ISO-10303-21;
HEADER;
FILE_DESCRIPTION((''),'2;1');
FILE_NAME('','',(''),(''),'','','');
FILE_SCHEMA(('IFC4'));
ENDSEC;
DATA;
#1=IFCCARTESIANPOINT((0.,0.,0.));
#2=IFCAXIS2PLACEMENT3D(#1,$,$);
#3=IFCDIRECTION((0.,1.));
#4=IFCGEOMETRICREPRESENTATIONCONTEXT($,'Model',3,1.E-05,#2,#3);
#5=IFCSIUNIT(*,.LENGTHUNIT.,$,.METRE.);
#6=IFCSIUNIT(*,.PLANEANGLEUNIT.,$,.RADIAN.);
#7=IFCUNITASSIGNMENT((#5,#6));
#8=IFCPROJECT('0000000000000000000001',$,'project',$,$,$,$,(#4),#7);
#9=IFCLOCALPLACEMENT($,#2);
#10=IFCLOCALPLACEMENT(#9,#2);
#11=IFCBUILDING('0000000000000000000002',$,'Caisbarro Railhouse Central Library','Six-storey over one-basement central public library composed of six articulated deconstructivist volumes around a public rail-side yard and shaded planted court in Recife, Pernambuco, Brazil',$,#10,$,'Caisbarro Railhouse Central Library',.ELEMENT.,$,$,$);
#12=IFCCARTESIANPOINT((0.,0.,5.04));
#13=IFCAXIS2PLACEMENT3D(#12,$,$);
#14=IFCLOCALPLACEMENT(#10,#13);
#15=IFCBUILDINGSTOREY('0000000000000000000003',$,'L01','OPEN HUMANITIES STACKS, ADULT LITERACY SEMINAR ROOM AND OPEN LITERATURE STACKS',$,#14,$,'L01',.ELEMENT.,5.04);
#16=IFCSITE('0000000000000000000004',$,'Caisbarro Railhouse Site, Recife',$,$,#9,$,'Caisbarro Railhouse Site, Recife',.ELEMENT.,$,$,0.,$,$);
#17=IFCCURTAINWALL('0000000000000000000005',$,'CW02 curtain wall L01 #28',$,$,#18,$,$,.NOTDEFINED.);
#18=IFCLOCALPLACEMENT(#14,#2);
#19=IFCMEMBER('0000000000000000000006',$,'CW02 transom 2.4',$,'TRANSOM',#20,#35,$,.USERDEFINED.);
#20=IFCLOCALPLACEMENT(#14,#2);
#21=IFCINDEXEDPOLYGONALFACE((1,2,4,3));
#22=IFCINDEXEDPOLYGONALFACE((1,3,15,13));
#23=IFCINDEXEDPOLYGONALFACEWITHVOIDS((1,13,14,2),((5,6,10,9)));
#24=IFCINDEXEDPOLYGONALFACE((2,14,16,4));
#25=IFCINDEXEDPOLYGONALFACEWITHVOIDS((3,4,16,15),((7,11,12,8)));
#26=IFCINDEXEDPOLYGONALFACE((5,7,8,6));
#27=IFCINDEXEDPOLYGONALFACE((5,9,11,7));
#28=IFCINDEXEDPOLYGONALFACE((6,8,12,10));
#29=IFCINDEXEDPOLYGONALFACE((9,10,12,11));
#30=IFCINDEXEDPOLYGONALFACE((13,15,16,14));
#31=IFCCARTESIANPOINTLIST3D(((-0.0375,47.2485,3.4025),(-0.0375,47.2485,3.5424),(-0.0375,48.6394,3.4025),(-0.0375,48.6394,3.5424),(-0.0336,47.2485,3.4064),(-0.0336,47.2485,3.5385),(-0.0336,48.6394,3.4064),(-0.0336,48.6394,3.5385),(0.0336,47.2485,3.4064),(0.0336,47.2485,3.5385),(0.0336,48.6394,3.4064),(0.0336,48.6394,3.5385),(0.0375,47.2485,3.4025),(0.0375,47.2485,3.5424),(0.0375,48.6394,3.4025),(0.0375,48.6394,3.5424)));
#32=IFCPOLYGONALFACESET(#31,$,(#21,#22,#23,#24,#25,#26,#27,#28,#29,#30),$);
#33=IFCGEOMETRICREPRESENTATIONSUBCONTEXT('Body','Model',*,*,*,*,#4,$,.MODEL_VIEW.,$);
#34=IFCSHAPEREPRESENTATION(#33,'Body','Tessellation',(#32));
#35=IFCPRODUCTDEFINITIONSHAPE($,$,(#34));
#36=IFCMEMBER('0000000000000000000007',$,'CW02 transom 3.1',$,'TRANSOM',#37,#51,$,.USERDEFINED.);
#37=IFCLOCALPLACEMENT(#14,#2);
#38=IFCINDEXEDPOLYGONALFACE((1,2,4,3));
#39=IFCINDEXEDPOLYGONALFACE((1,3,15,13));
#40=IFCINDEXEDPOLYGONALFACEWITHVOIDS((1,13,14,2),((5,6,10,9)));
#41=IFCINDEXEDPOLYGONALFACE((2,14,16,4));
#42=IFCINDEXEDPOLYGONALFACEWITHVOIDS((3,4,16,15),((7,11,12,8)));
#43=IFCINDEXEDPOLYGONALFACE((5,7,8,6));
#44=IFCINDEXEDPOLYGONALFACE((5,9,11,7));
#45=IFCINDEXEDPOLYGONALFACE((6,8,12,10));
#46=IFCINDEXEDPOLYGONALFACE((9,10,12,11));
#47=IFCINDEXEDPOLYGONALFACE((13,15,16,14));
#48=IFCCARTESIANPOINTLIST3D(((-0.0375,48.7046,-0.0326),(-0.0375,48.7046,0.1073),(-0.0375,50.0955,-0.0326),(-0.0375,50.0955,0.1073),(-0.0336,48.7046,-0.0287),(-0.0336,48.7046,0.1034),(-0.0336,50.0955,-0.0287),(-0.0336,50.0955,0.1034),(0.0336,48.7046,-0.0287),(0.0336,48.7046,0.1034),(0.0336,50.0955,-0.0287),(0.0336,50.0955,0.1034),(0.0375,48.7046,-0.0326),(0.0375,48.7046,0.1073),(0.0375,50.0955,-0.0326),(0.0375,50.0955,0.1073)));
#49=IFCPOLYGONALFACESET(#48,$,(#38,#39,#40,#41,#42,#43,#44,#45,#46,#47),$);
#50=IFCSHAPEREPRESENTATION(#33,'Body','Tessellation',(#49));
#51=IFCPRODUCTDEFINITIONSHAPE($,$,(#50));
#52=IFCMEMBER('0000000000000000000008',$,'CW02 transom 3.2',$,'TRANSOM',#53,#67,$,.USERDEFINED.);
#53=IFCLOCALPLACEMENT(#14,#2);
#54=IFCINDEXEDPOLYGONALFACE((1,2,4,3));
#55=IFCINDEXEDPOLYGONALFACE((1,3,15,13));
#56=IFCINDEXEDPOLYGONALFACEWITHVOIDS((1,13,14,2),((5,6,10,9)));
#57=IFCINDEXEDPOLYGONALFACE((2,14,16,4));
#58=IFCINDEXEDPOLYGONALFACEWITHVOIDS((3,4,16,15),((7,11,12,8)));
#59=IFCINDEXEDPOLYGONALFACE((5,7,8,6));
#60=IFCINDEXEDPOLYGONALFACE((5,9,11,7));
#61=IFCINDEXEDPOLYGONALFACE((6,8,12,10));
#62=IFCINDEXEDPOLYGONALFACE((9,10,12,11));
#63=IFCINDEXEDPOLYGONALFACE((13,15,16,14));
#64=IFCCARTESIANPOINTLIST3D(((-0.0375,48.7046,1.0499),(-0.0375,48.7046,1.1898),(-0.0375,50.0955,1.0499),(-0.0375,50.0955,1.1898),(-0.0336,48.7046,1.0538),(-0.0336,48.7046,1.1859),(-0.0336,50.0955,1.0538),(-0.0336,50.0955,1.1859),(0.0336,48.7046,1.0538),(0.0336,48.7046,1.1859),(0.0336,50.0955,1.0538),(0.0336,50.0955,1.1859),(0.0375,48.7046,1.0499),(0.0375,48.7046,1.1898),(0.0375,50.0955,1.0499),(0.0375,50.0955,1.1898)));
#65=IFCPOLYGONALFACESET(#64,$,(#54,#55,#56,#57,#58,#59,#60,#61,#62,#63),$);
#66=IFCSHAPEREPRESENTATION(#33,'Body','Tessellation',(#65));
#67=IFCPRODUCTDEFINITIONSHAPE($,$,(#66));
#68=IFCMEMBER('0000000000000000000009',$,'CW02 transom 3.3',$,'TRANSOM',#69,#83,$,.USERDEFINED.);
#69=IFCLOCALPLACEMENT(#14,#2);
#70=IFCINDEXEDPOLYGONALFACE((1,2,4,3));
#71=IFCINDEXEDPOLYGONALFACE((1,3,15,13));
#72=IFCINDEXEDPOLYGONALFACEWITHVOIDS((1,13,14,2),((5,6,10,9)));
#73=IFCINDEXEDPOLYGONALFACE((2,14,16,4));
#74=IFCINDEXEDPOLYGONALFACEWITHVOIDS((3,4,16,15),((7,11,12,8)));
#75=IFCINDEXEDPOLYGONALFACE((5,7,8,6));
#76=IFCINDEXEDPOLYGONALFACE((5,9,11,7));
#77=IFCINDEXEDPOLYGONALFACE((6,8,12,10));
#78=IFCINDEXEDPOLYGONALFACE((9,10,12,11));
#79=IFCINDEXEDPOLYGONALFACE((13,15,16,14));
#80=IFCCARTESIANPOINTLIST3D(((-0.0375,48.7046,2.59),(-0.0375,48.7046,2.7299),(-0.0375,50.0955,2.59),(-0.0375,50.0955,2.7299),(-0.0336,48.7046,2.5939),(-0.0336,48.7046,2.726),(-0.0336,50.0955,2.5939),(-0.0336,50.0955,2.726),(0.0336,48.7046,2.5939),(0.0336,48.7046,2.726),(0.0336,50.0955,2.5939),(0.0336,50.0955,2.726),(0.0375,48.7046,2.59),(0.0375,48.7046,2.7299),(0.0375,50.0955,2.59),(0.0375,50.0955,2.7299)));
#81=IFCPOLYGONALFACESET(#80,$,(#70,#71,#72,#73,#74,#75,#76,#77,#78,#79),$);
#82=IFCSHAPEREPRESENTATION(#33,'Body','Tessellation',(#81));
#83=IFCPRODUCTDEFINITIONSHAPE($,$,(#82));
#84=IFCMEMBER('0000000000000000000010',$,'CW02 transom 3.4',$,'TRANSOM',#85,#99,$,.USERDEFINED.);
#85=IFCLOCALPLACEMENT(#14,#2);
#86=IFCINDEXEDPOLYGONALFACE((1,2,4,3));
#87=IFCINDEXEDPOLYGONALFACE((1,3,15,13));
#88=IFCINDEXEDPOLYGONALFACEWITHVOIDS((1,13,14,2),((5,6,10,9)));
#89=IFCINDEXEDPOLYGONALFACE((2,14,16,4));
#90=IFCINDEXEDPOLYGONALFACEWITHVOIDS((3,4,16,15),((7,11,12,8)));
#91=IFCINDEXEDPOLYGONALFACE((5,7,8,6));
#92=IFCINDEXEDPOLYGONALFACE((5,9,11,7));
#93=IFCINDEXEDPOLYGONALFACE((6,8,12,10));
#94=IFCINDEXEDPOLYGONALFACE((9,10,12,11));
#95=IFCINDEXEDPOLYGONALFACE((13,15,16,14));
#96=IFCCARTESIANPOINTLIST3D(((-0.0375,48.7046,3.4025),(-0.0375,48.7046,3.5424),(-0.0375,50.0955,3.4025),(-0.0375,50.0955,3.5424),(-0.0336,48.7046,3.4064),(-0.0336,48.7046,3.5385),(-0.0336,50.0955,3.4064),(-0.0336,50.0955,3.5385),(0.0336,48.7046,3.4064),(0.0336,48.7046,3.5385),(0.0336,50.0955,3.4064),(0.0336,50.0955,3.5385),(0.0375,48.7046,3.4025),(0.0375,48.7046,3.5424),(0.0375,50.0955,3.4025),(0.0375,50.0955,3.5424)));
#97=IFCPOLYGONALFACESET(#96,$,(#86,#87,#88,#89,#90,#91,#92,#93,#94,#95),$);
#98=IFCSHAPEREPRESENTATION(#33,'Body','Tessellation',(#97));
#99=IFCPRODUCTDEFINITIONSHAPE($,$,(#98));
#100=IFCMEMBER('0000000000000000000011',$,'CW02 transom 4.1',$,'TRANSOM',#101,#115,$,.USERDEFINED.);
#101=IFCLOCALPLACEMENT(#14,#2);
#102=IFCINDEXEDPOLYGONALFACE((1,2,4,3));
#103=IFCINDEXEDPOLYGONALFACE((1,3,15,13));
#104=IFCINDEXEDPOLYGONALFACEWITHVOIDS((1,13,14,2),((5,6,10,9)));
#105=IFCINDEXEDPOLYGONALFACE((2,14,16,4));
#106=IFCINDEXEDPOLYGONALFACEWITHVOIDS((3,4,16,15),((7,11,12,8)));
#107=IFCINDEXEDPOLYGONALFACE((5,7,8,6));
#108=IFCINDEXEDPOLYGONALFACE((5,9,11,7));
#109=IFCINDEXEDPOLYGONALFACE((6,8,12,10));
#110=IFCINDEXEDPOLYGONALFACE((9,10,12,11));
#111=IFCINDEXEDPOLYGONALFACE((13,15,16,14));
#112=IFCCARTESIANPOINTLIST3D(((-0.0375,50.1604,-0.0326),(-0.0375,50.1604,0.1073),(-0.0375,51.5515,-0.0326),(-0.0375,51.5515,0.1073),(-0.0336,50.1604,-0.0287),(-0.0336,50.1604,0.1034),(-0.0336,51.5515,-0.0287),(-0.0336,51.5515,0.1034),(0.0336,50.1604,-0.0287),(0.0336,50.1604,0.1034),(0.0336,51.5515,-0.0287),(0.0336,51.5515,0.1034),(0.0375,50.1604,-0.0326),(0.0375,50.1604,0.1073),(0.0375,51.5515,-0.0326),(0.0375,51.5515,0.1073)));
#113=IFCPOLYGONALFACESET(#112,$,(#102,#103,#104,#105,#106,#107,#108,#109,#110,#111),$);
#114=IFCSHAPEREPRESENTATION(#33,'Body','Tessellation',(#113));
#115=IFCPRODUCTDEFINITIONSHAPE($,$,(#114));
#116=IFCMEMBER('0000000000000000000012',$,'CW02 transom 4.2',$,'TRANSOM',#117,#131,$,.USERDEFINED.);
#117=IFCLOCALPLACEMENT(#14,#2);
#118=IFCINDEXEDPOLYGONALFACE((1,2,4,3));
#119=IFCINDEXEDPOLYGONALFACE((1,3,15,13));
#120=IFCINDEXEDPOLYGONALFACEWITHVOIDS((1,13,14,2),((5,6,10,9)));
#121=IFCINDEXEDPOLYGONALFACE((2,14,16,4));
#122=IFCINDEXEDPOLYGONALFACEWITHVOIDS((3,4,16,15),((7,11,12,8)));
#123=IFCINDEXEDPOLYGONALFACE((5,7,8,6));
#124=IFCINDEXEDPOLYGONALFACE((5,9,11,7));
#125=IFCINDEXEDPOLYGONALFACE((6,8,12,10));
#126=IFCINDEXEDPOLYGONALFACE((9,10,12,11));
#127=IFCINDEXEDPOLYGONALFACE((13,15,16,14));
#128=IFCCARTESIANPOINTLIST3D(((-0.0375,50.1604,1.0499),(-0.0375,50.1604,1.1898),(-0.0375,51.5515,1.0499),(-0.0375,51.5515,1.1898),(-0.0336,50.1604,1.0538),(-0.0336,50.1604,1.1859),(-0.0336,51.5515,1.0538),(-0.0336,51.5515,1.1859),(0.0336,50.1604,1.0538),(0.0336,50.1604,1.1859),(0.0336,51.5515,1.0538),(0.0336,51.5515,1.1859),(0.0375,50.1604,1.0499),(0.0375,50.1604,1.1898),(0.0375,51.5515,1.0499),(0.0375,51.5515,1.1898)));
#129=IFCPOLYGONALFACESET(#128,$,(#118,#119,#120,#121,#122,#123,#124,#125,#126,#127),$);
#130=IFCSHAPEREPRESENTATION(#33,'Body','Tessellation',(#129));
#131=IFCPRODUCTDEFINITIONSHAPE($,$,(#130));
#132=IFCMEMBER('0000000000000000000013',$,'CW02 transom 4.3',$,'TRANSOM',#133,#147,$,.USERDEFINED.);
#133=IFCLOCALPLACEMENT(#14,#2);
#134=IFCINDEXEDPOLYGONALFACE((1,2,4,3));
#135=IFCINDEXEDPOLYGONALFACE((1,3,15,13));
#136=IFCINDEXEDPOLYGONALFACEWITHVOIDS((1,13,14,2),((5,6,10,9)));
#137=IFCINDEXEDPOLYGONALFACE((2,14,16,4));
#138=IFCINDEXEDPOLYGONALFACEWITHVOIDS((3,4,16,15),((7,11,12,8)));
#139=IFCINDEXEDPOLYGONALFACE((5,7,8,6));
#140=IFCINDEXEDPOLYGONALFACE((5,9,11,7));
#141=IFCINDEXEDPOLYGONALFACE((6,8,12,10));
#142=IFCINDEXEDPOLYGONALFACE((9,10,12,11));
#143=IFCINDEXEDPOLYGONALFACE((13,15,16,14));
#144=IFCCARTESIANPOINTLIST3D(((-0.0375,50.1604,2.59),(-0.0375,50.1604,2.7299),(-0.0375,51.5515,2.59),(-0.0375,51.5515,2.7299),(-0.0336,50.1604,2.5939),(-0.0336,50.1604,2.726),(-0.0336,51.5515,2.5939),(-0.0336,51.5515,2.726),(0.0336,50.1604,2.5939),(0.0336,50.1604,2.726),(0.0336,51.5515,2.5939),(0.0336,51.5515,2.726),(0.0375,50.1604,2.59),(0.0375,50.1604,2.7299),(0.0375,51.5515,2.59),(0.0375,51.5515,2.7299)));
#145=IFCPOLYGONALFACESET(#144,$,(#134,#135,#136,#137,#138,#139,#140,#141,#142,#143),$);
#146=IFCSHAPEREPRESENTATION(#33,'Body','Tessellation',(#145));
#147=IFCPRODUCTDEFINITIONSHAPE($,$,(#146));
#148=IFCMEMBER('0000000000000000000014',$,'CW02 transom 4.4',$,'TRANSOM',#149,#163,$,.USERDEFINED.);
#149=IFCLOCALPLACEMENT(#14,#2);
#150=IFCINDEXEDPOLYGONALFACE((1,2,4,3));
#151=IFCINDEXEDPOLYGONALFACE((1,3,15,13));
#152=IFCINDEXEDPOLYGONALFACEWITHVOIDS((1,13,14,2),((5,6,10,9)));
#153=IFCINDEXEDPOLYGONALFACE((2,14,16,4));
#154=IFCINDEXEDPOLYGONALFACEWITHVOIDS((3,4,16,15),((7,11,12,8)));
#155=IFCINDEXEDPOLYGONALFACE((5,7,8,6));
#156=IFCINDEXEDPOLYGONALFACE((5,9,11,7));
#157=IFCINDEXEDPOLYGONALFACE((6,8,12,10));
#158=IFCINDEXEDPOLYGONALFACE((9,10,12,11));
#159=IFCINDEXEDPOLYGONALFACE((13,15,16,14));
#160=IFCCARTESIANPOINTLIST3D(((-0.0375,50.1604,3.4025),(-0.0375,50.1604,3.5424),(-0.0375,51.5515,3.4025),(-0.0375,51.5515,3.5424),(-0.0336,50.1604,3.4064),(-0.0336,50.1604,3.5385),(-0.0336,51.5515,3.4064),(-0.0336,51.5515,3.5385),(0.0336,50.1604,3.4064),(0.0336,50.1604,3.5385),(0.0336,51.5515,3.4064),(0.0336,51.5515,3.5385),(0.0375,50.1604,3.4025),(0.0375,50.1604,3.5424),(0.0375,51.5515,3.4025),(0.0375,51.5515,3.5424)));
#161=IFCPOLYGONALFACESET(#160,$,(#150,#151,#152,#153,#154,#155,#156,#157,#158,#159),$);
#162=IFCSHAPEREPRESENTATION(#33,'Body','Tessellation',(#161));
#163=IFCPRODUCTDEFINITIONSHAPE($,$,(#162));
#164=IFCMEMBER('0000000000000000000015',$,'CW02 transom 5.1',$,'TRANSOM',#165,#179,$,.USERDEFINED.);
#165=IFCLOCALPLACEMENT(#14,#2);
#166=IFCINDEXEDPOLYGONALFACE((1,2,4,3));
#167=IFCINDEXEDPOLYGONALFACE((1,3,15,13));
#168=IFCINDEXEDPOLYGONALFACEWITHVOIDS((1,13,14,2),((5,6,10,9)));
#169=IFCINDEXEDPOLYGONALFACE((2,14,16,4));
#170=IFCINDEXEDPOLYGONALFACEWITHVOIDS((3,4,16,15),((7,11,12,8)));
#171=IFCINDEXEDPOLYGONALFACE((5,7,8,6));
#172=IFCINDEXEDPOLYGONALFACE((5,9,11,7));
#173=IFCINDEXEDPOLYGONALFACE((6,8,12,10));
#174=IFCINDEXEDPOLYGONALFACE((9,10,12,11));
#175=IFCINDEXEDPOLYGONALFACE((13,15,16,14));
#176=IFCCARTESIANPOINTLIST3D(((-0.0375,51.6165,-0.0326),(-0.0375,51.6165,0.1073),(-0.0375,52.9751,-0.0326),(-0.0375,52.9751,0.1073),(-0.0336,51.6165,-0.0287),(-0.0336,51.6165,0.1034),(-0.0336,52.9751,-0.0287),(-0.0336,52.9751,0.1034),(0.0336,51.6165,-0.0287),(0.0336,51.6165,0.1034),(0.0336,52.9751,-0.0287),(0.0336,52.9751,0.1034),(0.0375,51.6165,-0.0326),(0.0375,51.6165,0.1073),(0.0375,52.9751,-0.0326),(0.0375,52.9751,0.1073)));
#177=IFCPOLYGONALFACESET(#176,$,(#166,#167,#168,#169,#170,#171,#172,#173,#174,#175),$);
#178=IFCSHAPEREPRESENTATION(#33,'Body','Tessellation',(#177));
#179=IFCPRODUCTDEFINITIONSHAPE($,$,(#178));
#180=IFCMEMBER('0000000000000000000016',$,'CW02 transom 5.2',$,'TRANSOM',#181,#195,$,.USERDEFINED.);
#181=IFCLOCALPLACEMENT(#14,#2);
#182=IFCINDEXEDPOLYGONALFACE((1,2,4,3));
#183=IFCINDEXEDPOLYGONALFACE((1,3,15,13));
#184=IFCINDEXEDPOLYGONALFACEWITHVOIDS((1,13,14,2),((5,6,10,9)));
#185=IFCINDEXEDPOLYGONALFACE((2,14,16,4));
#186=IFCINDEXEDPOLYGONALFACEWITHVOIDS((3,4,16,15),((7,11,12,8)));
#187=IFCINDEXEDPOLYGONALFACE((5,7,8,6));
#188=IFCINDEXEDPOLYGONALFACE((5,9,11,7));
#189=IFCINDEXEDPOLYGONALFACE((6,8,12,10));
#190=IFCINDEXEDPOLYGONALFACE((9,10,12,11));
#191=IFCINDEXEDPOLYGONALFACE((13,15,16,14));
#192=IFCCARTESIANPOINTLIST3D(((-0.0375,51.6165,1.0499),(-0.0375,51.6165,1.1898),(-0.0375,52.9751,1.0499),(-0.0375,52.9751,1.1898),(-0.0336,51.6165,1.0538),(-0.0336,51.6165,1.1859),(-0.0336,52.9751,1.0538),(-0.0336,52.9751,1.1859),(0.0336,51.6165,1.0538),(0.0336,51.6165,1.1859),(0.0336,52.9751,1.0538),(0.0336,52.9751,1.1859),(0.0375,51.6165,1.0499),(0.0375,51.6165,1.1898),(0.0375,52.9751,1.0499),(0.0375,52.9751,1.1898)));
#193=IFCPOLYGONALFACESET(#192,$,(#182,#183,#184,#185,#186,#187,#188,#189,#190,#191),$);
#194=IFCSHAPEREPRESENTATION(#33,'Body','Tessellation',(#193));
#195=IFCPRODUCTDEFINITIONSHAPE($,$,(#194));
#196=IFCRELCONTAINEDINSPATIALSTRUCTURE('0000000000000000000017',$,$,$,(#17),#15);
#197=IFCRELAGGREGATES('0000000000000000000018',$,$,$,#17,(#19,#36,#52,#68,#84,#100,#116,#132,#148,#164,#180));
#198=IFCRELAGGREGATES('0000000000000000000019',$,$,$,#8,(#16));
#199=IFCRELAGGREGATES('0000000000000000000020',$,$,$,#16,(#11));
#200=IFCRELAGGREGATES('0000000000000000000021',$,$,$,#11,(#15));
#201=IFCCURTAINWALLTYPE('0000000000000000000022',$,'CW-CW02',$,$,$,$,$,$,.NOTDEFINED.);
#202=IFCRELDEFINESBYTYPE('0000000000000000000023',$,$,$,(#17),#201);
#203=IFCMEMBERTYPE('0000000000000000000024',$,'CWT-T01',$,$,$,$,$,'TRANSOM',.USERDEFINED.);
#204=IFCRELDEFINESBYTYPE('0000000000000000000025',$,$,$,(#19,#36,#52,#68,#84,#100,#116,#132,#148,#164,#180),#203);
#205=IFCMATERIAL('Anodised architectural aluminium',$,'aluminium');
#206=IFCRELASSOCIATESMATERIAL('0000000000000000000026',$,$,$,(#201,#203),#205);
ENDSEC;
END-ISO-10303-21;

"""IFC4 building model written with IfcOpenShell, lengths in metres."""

from ifc_helpers import new_model, si_unit, direction, frame, origin, origin_2d, place, context, subcontext, project, spatial, hollow_rectangle, extrude, material, material_profile, profile_set, type_object, element, aggregate, save


model = new_model("IFC4")

# Units and contexts
model_context = context("Model", 3, precision=1e-05, world=origin(), true_north=direction((0.0, 1.0)))
body_context = subcontext(model_context, "Body", "Model", "MODEL_VIEW")
ifc_project = project(units=[si_unit("LENGTHUNIT", "METRE"), si_unit("PLANEANGLEUNIT", "RADIAN")], contexts=[model_context])

# Site, building, storey
site_placement = place(None, origin())
site = spatial("IfcSite", under=ifc_project, at=site_placement, Name="Caisbarro Railhouse Site, Recife", LongName="Caisbarro Railhouse Site, Recife", CompositionType="ELEMENT", RefElevation=0.0)
building_placement = place(site_placement, origin())
building = spatial("IfcBuilding", under=site, at=building_placement, Name="Caisbarro Railhouse Central Library", Description="Six-storey over one-basement central public library composed of six articulated deconstructivist volumes around a public rail-side yard and shaded planted court in Recife, Pernambuco, Brazil", LongName="Caisbarro Railhouse Central Library", CompositionType="ELEMENT")
storey_placement = place(building_placement, frame((0.0, 0.0, 5.04)))
storey = spatial("IfcBuildingStorey", under=building, at=storey_placement, Name="L01", Description="OPEN HUMANITIES STACKS, ADULT LITERACY SEMINAR ROOM AND OPEN LITERATURE STACKS", LongName="L01", CompositionType="ELEMENT", Elevation=5.04)

# Curtain wall, members
ifc_material_1 = material(Name="Anodised architectural aluminium", Category="aluminium")
curtain_wall_type = type_object("IfcCurtainWallType", Name="CW-CW02", PredefinedType="NOTDEFINED", material=ifc_material_1)
curtain_wall_placement = place(storey_placement, origin())
curtain_wall = element("IfcCurtainWall", 1, at=curtain_wall_placement, inside=storey, type_object=curtain_wall_type, Name="CW02 curtain wall L01 #28", PredefinedType="NOTDEFINED")
ifc_material_profile_1 = material_profile(ifc_material_1, hollow_rectangle(XDim=0.075, YDim=0.1399, WallThickness=0.0039, at=origin_2d()), Name="ALU-TRN-75X140")
ifc_profile_set_1 = profile_set([ifc_material_profile_1], Name="Anodised architectural aluminium")
member_type_1 = type_object("IfcMemberType", Name="CWT-T01", ElementType="TRANSOM", PredefinedType="USERDEFINED", material=ifc_profile_set_1)
member_1_placement = place(storey_placement, frame((0.0, 47.2485, 3.4724), z_axis=(0.0, 1.0, 0.0), x_axis=(-1.0, 0.0, 0.0)))
member_1 = element("IfcMember", 2, at=member_1_placement, type_object=member_type_1, Name="CW02 transom 2.4", ObjectType="TRANSOM", PredefinedType="USERDEFINED", context=body_context, shape_type="SweptSolid", body=[
    extrude(hollow_rectangle(XDim=0.075, YDim=0.1399, WallThickness=0.0039, at=origin_2d()), origin(), (0.0, 0.0, 1.0), 1.3909),
])
member_2_placement = place(storey_placement, frame((0.0, 48.7046, 0.0374), z_axis=(0.0, 1.0, 0.0), x_axis=(-1.0, 0.0, 0.0)))
member_2 = element("IfcMember", 3, at=member_2_placement, type_object=member_type_1, Name="CW02 transom 3.1", ObjectType="TRANSOM", PredefinedType="USERDEFINED", context=body_context, shape_type="SweptSolid", body=[
    extrude(hollow_rectangle(XDim=0.075, YDim=0.1399, WallThickness=0.0039, at=origin_2d()), origin(), (0.0, 0.0, 1.0), 1.3909),
])
member_3_placement = place(storey_placement, frame((0.0, 48.7046, 1.1199), z_axis=(0.0, 1.0, 0.0), x_axis=(-1.0, 0.0, 0.0)))
member_3 = element("IfcMember", 4, at=member_3_placement, type_object=member_type_1, Name="CW02 transom 3.2", ObjectType="TRANSOM", PredefinedType="USERDEFINED", context=body_context, shape_type="SweptSolid", body=[
    extrude(hollow_rectangle(XDim=0.075, YDim=0.1399, WallThickness=0.0039, at=origin_2d()), origin(), (0.0, 0.0, 1.0), 1.3909),
])
member_4_placement = place(storey_placement, frame((0.0, 48.7046, 2.6599), z_axis=(0.0, 1.0, 0.0), x_axis=(-1.0, 0.0, 0.0)))
member_4 = element("IfcMember", 5, at=member_4_placement, type_object=member_type_1, Name="CW02 transom 3.3", ObjectType="TRANSOM", PredefinedType="USERDEFINED", context=body_context, shape_type="SweptSolid", body=[
    extrude(hollow_rectangle(XDim=0.075, YDim=0.1399, WallThickness=0.0039, at=origin_2d()), origin(), (0.0, 0.0, 1.0), 1.3909),
])
member_5_placement = place(storey_placement, frame((0.0, 48.7046, 3.4724), z_axis=(0.0, 1.0, 0.0), x_axis=(-1.0, 0.0, 0.0)))
member_5 = element("IfcMember", 6, at=member_5_placement, type_object=member_type_1, Name="CW02 transom 3.4", ObjectType="TRANSOM", PredefinedType="USERDEFINED", context=body_context, shape_type="SweptSolid", body=[
    extrude(hollow_rectangle(XDim=0.075, YDim=0.1399, WallThickness=0.0039, at=origin_2d()), origin(), (0.0, 0.0, 1.0), 1.3909),
])
member_6_placement = place(storey_placement, frame((0.0, 50.1604, 0.0374), z_axis=(0.0, 1.0, 0.0), x_axis=(-1.0, 0.0, 0.0)))
member_6 = element("IfcMember", 7, at=member_6_placement, type_object=member_type_1, Name="CW02 transom 4.1", ObjectType="TRANSOM", PredefinedType="USERDEFINED", context=body_context, shape_type="SweptSolid", body=[
    extrude(hollow_rectangle(XDim=0.075, YDim=0.1399, WallThickness=0.0039, at=origin_2d()), origin(), (0.0, 0.0, 1.0), 1.3911),
])
member_7_placement = place(storey_placement, frame((0.0, 50.1604, 1.1199), z_axis=(0.0, 1.0, 0.0), x_axis=(-1.0, 0.0, 0.0)))
member_7 = element("IfcMember", 8, at=member_7_placement, type_object=member_type_1, Name="CW02 transom 4.2", ObjectType="TRANSOM", PredefinedType="USERDEFINED", context=body_context, shape_type="SweptSolid", body=[
    extrude(hollow_rectangle(XDim=0.075, YDim=0.1399, WallThickness=0.0039, at=origin_2d()), origin(), (0.0, 0.0, 1.0), 1.3911),
])
member_8_placement = place(storey_placement, frame((0.0, 50.1604, 2.6599), z_axis=(0.0, 1.0, 0.0), x_axis=(-1.0, 0.0, 0.0)))
member_8 = element("IfcMember", 9, at=member_8_placement, type_object=member_type_1, Name="CW02 transom 4.3", ObjectType="TRANSOM", PredefinedType="USERDEFINED", context=body_context, shape_type="SweptSolid", body=[
    extrude(hollow_rectangle(XDim=0.075, YDim=0.1399, WallThickness=0.0039, at=origin_2d()), origin(), (0.0, 0.0, 1.0), 1.3911),
])
member_9_placement = place(storey_placement, frame((0.0, 50.1604, 3.4724), z_axis=(0.0, 1.0, 0.0), x_axis=(-1.0, 0.0, 0.0)))
member_9 = element("IfcMember", 10, at=member_9_placement, type_object=member_type_1, Name="CW02 transom 4.4", ObjectType="TRANSOM", PredefinedType="USERDEFINED", context=body_context, shape_type="SweptSolid", body=[
    extrude(hollow_rectangle(XDim=0.075, YDim=0.1399, WallThickness=0.0039, at=origin_2d()), origin(), (0.0, 0.0, 1.0), 1.3911),
])
member_10_placement = place(storey_placement, frame((0.0, 51.6165, 0.0374), z_axis=(0.0, 1.0, 0.0), x_axis=(-1.0, 0.0, 0.0)))
member_10 = element("IfcMember", 11, at=member_10_placement, type_object=member_type_1, Name="CW02 transom 5.1", ObjectType="TRANSOM", PredefinedType="USERDEFINED", context=body_context, shape_type="SweptSolid", body=[
    extrude(hollow_rectangle(XDim=0.075, YDim=0.1399, WallThickness=0.0039, at=origin_2d()), origin(), (0.0, 0.0, 1.0), 1.3586),
])
member_11_placement = place(storey_placement, frame((0.0, 51.6165, 1.1199), z_axis=(0.0, 1.0, 0.0), x_axis=(-1.0, 0.0, 0.0)))
member_11 = element("IfcMember", 12, at=member_11_placement, type_object=member_type_1, Name="CW02 transom 5.2", ObjectType="TRANSOM", PredefinedType="USERDEFINED", context=body_context, shape_type="SweptSolid", body=[
    extrude(hollow_rectangle(XDim=0.075, YDim=0.1399, WallThickness=0.0039, at=origin_2d()), origin(), (0.0, 0.0, 1.0), 1.3586),
])
aggregate(curtain_wall, [member_1, member_2, member_3, member_4, member_5, member_6, member_7, member_8, member_9, member_10, member_11])

save(model, "model.ifc")
